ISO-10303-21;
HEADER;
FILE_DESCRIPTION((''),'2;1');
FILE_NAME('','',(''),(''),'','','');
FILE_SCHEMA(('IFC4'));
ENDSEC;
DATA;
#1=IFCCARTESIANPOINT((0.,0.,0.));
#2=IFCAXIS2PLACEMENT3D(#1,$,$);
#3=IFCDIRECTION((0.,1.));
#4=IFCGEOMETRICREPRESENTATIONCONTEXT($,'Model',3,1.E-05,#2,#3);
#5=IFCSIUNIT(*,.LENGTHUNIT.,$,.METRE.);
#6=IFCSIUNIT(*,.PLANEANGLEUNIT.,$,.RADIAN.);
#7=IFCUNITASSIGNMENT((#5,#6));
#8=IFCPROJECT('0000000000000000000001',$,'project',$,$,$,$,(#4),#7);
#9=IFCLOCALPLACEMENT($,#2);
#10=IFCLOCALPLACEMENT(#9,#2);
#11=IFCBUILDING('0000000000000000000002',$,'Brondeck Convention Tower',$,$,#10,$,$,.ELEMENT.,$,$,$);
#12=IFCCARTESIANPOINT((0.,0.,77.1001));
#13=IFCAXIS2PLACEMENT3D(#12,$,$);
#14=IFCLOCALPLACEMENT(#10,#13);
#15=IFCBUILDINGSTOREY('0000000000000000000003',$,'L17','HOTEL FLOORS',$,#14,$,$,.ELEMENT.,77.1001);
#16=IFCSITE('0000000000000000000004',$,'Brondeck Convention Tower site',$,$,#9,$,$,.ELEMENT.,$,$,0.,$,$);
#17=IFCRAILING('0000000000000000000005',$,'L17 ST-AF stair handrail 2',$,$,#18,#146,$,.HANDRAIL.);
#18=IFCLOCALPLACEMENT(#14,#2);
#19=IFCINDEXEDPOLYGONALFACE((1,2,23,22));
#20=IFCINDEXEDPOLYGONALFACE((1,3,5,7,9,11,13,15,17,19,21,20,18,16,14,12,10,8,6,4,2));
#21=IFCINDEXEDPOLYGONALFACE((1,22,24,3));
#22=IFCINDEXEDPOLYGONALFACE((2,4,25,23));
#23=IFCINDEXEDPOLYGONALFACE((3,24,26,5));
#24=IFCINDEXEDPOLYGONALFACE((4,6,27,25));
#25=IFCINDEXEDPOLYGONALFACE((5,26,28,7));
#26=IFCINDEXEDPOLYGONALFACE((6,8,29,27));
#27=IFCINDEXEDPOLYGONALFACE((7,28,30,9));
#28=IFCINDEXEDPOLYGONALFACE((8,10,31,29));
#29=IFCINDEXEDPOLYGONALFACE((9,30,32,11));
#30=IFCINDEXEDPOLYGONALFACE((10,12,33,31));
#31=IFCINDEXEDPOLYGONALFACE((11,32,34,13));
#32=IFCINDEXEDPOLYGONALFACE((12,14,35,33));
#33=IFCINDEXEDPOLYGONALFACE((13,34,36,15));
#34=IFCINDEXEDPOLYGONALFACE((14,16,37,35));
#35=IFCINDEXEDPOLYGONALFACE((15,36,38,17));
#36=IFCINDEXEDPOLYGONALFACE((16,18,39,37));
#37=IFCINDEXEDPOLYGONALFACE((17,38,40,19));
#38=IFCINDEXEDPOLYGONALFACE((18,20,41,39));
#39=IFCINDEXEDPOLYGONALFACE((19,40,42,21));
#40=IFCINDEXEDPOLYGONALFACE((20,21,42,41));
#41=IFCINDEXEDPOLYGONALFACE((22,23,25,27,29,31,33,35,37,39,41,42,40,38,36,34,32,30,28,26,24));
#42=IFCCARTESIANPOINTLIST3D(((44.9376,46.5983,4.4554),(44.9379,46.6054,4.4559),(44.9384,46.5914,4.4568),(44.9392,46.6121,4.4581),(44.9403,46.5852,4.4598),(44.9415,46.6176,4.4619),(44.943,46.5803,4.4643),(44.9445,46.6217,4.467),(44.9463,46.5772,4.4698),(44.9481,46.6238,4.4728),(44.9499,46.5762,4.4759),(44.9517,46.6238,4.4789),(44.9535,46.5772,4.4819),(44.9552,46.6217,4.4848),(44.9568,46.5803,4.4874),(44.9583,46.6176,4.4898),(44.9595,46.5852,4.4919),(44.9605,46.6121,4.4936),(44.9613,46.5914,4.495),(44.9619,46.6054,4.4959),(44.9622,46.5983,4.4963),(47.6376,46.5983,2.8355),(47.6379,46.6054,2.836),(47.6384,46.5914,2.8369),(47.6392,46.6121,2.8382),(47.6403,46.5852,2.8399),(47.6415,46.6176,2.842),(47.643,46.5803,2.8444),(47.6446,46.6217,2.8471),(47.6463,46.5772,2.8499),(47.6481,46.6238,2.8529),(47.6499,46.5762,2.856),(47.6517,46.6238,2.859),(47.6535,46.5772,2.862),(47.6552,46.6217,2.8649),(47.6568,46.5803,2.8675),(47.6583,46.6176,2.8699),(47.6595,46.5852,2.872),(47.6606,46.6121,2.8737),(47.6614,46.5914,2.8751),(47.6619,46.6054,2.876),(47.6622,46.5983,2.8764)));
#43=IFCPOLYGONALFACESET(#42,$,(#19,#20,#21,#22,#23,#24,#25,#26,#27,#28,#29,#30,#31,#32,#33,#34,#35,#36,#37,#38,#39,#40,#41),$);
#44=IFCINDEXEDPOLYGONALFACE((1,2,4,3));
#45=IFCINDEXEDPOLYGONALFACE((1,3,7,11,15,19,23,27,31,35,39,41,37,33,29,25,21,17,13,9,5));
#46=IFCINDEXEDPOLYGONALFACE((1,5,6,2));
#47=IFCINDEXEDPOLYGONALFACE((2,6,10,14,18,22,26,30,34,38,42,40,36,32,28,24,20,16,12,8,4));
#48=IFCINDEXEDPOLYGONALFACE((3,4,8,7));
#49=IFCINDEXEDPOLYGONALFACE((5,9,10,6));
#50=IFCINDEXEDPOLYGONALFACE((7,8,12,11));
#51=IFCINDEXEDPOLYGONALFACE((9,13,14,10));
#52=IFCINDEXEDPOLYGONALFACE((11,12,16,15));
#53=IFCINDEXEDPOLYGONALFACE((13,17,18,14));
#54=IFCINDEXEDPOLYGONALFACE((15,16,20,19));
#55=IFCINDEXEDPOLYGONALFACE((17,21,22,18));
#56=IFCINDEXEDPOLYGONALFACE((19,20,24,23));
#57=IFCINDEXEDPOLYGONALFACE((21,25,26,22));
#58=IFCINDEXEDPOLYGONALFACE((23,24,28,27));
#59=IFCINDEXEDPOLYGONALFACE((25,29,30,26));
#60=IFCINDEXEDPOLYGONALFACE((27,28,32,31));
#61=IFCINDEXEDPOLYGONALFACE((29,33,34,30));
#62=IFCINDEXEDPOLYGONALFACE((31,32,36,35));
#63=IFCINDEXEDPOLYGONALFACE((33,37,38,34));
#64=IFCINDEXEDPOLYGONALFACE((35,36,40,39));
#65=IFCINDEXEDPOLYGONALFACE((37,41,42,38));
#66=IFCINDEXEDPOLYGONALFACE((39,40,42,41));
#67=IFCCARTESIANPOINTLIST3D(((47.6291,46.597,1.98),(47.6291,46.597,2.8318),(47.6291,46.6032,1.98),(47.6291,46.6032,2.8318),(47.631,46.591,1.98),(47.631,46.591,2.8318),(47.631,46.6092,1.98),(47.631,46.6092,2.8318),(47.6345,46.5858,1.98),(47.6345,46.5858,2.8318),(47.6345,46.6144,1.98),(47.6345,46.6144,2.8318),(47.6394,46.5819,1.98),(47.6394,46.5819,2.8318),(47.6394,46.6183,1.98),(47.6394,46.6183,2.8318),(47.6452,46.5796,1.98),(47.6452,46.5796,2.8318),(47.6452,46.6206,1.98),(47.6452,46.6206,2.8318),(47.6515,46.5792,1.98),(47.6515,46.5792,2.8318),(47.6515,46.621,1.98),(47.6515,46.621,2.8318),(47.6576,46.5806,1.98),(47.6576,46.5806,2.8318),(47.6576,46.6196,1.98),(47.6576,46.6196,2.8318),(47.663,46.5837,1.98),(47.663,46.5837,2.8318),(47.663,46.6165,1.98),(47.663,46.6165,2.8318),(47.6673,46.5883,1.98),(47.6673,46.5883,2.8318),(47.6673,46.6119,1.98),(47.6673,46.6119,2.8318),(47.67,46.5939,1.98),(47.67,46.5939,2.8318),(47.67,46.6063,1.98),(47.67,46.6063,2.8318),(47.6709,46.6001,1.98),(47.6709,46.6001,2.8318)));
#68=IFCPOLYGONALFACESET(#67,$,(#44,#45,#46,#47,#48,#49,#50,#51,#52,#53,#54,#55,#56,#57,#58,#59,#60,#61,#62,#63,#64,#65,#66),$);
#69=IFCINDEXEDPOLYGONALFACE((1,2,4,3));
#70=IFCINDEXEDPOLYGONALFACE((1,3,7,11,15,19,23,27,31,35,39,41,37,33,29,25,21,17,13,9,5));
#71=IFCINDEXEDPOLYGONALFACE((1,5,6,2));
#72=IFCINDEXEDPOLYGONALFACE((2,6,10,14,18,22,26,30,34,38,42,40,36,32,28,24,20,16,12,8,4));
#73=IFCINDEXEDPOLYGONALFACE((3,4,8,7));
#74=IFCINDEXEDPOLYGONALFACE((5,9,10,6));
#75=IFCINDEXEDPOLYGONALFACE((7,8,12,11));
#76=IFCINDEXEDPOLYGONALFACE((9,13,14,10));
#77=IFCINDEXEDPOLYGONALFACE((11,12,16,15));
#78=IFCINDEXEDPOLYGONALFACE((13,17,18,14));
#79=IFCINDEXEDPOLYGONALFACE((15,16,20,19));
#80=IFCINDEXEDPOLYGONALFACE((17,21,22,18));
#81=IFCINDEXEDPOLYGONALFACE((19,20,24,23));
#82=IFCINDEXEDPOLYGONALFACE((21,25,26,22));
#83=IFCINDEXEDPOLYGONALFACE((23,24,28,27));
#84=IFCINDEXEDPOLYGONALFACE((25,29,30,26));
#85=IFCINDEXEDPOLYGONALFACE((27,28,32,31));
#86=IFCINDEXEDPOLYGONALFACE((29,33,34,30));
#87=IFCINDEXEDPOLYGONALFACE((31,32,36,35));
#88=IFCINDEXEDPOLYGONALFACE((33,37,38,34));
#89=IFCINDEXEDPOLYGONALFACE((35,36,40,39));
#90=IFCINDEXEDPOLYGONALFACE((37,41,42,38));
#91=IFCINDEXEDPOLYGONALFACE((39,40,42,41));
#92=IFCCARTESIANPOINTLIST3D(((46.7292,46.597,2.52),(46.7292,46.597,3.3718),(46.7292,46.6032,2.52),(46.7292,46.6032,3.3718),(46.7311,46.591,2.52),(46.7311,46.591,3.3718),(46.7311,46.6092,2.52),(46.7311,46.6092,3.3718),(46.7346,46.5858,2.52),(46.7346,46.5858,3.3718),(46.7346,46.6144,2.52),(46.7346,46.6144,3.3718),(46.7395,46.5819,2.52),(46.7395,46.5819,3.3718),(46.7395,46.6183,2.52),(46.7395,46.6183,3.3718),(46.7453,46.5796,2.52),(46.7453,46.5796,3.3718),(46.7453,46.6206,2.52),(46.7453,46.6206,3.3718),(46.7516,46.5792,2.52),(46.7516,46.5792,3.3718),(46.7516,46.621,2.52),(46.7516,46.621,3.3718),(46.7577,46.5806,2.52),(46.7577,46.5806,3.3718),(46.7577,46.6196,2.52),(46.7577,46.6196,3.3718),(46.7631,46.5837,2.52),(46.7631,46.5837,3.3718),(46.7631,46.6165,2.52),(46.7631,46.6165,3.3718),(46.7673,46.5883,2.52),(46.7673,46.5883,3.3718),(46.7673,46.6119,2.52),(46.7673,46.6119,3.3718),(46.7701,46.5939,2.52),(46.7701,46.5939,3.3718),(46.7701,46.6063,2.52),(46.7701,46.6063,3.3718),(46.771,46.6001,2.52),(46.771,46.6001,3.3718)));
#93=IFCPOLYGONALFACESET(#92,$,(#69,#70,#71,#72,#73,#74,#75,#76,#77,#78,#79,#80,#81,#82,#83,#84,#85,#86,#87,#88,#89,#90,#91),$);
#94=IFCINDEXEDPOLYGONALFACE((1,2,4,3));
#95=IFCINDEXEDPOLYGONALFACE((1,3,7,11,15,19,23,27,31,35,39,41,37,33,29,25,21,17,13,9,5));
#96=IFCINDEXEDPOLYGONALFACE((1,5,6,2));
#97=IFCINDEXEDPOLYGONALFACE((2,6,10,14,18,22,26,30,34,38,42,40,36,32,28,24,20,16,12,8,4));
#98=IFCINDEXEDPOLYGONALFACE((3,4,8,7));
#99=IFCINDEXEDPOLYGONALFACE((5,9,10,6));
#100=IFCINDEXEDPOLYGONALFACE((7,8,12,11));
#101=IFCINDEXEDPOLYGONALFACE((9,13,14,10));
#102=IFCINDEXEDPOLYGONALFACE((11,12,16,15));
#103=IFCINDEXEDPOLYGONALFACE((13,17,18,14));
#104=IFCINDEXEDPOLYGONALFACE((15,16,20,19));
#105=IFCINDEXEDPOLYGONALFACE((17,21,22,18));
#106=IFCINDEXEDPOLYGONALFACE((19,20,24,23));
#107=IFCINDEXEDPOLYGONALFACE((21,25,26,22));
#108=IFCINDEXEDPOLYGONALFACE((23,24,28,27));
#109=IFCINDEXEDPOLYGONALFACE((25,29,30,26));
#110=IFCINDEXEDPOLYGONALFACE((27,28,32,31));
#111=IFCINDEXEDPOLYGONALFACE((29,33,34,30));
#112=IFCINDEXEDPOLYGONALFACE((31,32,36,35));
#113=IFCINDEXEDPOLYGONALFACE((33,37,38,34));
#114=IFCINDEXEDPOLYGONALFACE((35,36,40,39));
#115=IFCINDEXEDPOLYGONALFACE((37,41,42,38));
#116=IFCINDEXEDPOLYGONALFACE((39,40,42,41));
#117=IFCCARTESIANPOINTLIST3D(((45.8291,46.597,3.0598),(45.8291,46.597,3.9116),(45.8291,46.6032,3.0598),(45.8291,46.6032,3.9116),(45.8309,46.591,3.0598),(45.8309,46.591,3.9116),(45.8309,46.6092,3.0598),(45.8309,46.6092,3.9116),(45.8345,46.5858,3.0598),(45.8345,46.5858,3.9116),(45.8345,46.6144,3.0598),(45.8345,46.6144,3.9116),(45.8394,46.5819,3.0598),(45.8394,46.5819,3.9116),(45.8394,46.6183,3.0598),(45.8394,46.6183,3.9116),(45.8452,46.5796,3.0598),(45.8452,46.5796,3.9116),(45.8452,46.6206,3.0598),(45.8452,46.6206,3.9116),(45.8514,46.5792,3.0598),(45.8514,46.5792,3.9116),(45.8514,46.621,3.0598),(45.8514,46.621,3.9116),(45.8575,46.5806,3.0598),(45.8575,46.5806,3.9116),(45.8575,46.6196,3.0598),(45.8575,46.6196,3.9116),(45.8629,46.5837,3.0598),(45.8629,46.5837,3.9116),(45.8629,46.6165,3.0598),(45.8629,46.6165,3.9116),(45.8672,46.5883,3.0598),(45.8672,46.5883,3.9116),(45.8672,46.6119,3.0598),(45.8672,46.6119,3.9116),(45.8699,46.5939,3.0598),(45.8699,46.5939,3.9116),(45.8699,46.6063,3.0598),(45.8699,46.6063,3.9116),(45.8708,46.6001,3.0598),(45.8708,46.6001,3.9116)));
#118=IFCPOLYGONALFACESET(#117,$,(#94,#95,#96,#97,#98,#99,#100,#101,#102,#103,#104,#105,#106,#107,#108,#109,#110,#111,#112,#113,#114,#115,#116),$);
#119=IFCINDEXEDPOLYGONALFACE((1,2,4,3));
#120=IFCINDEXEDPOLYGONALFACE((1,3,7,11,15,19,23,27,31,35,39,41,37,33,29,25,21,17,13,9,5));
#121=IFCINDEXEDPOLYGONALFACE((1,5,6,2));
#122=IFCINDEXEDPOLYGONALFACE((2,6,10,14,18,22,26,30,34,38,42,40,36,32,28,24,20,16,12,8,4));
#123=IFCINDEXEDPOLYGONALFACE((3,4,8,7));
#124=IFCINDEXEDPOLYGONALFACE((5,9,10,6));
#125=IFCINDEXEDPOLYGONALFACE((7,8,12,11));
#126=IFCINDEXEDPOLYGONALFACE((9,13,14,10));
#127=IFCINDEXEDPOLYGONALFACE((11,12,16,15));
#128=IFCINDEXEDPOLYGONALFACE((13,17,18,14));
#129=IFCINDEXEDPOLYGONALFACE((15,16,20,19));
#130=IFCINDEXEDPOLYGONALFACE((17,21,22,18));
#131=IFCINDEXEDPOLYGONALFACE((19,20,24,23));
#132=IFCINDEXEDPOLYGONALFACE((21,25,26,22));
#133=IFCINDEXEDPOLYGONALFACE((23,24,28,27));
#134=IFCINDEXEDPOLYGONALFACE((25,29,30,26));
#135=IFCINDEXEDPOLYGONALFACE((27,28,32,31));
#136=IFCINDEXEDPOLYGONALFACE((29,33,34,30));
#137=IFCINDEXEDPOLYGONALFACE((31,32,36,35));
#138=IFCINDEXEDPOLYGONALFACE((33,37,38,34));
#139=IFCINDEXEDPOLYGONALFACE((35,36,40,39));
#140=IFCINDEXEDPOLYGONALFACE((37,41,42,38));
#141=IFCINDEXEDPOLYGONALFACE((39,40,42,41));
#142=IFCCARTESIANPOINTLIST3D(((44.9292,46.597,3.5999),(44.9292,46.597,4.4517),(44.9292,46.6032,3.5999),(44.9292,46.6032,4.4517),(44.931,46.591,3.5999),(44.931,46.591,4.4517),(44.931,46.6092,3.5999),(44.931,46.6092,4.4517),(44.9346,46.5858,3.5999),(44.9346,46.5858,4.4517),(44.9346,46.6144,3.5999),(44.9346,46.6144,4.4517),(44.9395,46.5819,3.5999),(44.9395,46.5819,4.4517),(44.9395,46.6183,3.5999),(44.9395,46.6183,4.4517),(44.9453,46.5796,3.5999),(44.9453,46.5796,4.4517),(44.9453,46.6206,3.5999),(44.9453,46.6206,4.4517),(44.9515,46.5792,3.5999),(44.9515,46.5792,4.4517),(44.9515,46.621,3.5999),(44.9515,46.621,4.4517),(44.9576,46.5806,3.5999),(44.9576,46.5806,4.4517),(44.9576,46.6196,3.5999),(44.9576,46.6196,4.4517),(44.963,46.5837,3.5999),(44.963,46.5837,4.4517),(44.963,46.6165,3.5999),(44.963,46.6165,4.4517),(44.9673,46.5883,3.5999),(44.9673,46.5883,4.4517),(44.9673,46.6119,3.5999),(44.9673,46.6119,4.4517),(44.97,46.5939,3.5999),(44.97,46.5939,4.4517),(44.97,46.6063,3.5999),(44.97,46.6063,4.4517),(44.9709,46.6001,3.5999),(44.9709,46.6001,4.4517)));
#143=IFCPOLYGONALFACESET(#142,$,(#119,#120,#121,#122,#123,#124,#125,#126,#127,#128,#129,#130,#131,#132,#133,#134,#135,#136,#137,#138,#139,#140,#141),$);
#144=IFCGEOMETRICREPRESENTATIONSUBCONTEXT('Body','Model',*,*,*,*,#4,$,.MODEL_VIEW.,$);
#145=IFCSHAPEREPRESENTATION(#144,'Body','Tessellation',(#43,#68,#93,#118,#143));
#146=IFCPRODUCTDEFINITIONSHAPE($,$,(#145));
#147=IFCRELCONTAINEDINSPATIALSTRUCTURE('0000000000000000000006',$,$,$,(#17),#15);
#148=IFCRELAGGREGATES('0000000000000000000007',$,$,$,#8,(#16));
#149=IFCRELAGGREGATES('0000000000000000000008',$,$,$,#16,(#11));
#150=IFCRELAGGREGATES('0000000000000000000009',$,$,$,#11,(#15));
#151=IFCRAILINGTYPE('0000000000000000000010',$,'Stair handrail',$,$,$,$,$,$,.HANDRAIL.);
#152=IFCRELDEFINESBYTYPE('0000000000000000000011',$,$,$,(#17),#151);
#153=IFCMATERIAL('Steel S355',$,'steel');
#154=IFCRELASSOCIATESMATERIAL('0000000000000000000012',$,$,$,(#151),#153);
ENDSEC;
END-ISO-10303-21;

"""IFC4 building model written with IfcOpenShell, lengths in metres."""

from ifc_helpers import new_model, si_unit, direction, frame, origin, origin_2d, place, context, subcontext, project, spatial, circle, extrude, material, type_object, element, save


model = new_model("IFC4")

# Units and contexts
model_context = context("Model", 3, precision=1e-05, world=origin(), true_north=direction((0.0, 1.0)))
body_context = subcontext(model_context, "Body", "Model", "MODEL_VIEW")
ifc_project = project(units=[si_unit("LENGTHUNIT", "METRE"), si_unit("PLANEANGLEUNIT", "RADIAN")], contexts=[model_context])

# Site, building, storey
site_placement = place(None, origin())
site = spatial("IfcSite", under=ifc_project, at=site_placement, Name="Brondeck Convention Tower site", CompositionType="ELEMENT", RefElevation=0.0)
building_placement = place(site_placement, origin())
building = spatial("IfcBuilding", under=site, at=building_placement, Name="Brondeck Convention Tower", CompositionType="ELEMENT")
storey_placement = place(building_placement, frame((0.0, 0.0, 77.1001)))
storey = spatial("IfcBuildingStorey", under=building, at=storey_placement, Name="L17", Description="HOTEL FLOORS", CompositionType="ELEMENT", Elevation=77.1001)

# Shared definitions
ifc_material_1 = material(Name="Steel S355", Category="steel")

# Railing
railing_type = type_object("IfcRailingType", Name="Stair handrail", PredefinedType="HANDRAIL", material=ifc_material_1)
railing_placement = place(storey_placement, frame((47.6499, 46.6001, 1.98)))
element("IfcRailing", 1, at=railing_placement, inside=storey, type_object=railing_type, Name="L17 ST-AF stair handrail 2", PredefinedType="HANDRAIL", context=body_context, shape_type="SweptSolid", body=[
    extrude(circle(Radius=0.0239, at=origin_2d()), frame((0.0, 0.0, 0.876), z_axis=(-0.857507, 0.0, 0.514473), x_axis=(0.0, -1.0, 0.0)), (0.0, 0.0, 1.0), 3.1487),
    extrude(circle(Radius=0.021, at=origin_2d()), origin(), (0.0, 0.0, 1.0), 0.8518),
    extrude(circle(Radius=0.021, at=origin_2d()), frame((-0.8999, 0.0, 0.54)), (0.0, 0.0, 1.0), 0.8518),
    extrude(circle(Radius=0.021, at=origin_2d()), frame((-1.8, 0.0, 1.0798)), (0.0, 0.0, 1.0), 0.8518),
    extrude(circle(Radius=0.021, at=origin_2d()), frame((-2.7, 0.0, 1.6199)), (0.0, 0.0, 1.0), 0.8518),
])

save(model, "model.ifc")
